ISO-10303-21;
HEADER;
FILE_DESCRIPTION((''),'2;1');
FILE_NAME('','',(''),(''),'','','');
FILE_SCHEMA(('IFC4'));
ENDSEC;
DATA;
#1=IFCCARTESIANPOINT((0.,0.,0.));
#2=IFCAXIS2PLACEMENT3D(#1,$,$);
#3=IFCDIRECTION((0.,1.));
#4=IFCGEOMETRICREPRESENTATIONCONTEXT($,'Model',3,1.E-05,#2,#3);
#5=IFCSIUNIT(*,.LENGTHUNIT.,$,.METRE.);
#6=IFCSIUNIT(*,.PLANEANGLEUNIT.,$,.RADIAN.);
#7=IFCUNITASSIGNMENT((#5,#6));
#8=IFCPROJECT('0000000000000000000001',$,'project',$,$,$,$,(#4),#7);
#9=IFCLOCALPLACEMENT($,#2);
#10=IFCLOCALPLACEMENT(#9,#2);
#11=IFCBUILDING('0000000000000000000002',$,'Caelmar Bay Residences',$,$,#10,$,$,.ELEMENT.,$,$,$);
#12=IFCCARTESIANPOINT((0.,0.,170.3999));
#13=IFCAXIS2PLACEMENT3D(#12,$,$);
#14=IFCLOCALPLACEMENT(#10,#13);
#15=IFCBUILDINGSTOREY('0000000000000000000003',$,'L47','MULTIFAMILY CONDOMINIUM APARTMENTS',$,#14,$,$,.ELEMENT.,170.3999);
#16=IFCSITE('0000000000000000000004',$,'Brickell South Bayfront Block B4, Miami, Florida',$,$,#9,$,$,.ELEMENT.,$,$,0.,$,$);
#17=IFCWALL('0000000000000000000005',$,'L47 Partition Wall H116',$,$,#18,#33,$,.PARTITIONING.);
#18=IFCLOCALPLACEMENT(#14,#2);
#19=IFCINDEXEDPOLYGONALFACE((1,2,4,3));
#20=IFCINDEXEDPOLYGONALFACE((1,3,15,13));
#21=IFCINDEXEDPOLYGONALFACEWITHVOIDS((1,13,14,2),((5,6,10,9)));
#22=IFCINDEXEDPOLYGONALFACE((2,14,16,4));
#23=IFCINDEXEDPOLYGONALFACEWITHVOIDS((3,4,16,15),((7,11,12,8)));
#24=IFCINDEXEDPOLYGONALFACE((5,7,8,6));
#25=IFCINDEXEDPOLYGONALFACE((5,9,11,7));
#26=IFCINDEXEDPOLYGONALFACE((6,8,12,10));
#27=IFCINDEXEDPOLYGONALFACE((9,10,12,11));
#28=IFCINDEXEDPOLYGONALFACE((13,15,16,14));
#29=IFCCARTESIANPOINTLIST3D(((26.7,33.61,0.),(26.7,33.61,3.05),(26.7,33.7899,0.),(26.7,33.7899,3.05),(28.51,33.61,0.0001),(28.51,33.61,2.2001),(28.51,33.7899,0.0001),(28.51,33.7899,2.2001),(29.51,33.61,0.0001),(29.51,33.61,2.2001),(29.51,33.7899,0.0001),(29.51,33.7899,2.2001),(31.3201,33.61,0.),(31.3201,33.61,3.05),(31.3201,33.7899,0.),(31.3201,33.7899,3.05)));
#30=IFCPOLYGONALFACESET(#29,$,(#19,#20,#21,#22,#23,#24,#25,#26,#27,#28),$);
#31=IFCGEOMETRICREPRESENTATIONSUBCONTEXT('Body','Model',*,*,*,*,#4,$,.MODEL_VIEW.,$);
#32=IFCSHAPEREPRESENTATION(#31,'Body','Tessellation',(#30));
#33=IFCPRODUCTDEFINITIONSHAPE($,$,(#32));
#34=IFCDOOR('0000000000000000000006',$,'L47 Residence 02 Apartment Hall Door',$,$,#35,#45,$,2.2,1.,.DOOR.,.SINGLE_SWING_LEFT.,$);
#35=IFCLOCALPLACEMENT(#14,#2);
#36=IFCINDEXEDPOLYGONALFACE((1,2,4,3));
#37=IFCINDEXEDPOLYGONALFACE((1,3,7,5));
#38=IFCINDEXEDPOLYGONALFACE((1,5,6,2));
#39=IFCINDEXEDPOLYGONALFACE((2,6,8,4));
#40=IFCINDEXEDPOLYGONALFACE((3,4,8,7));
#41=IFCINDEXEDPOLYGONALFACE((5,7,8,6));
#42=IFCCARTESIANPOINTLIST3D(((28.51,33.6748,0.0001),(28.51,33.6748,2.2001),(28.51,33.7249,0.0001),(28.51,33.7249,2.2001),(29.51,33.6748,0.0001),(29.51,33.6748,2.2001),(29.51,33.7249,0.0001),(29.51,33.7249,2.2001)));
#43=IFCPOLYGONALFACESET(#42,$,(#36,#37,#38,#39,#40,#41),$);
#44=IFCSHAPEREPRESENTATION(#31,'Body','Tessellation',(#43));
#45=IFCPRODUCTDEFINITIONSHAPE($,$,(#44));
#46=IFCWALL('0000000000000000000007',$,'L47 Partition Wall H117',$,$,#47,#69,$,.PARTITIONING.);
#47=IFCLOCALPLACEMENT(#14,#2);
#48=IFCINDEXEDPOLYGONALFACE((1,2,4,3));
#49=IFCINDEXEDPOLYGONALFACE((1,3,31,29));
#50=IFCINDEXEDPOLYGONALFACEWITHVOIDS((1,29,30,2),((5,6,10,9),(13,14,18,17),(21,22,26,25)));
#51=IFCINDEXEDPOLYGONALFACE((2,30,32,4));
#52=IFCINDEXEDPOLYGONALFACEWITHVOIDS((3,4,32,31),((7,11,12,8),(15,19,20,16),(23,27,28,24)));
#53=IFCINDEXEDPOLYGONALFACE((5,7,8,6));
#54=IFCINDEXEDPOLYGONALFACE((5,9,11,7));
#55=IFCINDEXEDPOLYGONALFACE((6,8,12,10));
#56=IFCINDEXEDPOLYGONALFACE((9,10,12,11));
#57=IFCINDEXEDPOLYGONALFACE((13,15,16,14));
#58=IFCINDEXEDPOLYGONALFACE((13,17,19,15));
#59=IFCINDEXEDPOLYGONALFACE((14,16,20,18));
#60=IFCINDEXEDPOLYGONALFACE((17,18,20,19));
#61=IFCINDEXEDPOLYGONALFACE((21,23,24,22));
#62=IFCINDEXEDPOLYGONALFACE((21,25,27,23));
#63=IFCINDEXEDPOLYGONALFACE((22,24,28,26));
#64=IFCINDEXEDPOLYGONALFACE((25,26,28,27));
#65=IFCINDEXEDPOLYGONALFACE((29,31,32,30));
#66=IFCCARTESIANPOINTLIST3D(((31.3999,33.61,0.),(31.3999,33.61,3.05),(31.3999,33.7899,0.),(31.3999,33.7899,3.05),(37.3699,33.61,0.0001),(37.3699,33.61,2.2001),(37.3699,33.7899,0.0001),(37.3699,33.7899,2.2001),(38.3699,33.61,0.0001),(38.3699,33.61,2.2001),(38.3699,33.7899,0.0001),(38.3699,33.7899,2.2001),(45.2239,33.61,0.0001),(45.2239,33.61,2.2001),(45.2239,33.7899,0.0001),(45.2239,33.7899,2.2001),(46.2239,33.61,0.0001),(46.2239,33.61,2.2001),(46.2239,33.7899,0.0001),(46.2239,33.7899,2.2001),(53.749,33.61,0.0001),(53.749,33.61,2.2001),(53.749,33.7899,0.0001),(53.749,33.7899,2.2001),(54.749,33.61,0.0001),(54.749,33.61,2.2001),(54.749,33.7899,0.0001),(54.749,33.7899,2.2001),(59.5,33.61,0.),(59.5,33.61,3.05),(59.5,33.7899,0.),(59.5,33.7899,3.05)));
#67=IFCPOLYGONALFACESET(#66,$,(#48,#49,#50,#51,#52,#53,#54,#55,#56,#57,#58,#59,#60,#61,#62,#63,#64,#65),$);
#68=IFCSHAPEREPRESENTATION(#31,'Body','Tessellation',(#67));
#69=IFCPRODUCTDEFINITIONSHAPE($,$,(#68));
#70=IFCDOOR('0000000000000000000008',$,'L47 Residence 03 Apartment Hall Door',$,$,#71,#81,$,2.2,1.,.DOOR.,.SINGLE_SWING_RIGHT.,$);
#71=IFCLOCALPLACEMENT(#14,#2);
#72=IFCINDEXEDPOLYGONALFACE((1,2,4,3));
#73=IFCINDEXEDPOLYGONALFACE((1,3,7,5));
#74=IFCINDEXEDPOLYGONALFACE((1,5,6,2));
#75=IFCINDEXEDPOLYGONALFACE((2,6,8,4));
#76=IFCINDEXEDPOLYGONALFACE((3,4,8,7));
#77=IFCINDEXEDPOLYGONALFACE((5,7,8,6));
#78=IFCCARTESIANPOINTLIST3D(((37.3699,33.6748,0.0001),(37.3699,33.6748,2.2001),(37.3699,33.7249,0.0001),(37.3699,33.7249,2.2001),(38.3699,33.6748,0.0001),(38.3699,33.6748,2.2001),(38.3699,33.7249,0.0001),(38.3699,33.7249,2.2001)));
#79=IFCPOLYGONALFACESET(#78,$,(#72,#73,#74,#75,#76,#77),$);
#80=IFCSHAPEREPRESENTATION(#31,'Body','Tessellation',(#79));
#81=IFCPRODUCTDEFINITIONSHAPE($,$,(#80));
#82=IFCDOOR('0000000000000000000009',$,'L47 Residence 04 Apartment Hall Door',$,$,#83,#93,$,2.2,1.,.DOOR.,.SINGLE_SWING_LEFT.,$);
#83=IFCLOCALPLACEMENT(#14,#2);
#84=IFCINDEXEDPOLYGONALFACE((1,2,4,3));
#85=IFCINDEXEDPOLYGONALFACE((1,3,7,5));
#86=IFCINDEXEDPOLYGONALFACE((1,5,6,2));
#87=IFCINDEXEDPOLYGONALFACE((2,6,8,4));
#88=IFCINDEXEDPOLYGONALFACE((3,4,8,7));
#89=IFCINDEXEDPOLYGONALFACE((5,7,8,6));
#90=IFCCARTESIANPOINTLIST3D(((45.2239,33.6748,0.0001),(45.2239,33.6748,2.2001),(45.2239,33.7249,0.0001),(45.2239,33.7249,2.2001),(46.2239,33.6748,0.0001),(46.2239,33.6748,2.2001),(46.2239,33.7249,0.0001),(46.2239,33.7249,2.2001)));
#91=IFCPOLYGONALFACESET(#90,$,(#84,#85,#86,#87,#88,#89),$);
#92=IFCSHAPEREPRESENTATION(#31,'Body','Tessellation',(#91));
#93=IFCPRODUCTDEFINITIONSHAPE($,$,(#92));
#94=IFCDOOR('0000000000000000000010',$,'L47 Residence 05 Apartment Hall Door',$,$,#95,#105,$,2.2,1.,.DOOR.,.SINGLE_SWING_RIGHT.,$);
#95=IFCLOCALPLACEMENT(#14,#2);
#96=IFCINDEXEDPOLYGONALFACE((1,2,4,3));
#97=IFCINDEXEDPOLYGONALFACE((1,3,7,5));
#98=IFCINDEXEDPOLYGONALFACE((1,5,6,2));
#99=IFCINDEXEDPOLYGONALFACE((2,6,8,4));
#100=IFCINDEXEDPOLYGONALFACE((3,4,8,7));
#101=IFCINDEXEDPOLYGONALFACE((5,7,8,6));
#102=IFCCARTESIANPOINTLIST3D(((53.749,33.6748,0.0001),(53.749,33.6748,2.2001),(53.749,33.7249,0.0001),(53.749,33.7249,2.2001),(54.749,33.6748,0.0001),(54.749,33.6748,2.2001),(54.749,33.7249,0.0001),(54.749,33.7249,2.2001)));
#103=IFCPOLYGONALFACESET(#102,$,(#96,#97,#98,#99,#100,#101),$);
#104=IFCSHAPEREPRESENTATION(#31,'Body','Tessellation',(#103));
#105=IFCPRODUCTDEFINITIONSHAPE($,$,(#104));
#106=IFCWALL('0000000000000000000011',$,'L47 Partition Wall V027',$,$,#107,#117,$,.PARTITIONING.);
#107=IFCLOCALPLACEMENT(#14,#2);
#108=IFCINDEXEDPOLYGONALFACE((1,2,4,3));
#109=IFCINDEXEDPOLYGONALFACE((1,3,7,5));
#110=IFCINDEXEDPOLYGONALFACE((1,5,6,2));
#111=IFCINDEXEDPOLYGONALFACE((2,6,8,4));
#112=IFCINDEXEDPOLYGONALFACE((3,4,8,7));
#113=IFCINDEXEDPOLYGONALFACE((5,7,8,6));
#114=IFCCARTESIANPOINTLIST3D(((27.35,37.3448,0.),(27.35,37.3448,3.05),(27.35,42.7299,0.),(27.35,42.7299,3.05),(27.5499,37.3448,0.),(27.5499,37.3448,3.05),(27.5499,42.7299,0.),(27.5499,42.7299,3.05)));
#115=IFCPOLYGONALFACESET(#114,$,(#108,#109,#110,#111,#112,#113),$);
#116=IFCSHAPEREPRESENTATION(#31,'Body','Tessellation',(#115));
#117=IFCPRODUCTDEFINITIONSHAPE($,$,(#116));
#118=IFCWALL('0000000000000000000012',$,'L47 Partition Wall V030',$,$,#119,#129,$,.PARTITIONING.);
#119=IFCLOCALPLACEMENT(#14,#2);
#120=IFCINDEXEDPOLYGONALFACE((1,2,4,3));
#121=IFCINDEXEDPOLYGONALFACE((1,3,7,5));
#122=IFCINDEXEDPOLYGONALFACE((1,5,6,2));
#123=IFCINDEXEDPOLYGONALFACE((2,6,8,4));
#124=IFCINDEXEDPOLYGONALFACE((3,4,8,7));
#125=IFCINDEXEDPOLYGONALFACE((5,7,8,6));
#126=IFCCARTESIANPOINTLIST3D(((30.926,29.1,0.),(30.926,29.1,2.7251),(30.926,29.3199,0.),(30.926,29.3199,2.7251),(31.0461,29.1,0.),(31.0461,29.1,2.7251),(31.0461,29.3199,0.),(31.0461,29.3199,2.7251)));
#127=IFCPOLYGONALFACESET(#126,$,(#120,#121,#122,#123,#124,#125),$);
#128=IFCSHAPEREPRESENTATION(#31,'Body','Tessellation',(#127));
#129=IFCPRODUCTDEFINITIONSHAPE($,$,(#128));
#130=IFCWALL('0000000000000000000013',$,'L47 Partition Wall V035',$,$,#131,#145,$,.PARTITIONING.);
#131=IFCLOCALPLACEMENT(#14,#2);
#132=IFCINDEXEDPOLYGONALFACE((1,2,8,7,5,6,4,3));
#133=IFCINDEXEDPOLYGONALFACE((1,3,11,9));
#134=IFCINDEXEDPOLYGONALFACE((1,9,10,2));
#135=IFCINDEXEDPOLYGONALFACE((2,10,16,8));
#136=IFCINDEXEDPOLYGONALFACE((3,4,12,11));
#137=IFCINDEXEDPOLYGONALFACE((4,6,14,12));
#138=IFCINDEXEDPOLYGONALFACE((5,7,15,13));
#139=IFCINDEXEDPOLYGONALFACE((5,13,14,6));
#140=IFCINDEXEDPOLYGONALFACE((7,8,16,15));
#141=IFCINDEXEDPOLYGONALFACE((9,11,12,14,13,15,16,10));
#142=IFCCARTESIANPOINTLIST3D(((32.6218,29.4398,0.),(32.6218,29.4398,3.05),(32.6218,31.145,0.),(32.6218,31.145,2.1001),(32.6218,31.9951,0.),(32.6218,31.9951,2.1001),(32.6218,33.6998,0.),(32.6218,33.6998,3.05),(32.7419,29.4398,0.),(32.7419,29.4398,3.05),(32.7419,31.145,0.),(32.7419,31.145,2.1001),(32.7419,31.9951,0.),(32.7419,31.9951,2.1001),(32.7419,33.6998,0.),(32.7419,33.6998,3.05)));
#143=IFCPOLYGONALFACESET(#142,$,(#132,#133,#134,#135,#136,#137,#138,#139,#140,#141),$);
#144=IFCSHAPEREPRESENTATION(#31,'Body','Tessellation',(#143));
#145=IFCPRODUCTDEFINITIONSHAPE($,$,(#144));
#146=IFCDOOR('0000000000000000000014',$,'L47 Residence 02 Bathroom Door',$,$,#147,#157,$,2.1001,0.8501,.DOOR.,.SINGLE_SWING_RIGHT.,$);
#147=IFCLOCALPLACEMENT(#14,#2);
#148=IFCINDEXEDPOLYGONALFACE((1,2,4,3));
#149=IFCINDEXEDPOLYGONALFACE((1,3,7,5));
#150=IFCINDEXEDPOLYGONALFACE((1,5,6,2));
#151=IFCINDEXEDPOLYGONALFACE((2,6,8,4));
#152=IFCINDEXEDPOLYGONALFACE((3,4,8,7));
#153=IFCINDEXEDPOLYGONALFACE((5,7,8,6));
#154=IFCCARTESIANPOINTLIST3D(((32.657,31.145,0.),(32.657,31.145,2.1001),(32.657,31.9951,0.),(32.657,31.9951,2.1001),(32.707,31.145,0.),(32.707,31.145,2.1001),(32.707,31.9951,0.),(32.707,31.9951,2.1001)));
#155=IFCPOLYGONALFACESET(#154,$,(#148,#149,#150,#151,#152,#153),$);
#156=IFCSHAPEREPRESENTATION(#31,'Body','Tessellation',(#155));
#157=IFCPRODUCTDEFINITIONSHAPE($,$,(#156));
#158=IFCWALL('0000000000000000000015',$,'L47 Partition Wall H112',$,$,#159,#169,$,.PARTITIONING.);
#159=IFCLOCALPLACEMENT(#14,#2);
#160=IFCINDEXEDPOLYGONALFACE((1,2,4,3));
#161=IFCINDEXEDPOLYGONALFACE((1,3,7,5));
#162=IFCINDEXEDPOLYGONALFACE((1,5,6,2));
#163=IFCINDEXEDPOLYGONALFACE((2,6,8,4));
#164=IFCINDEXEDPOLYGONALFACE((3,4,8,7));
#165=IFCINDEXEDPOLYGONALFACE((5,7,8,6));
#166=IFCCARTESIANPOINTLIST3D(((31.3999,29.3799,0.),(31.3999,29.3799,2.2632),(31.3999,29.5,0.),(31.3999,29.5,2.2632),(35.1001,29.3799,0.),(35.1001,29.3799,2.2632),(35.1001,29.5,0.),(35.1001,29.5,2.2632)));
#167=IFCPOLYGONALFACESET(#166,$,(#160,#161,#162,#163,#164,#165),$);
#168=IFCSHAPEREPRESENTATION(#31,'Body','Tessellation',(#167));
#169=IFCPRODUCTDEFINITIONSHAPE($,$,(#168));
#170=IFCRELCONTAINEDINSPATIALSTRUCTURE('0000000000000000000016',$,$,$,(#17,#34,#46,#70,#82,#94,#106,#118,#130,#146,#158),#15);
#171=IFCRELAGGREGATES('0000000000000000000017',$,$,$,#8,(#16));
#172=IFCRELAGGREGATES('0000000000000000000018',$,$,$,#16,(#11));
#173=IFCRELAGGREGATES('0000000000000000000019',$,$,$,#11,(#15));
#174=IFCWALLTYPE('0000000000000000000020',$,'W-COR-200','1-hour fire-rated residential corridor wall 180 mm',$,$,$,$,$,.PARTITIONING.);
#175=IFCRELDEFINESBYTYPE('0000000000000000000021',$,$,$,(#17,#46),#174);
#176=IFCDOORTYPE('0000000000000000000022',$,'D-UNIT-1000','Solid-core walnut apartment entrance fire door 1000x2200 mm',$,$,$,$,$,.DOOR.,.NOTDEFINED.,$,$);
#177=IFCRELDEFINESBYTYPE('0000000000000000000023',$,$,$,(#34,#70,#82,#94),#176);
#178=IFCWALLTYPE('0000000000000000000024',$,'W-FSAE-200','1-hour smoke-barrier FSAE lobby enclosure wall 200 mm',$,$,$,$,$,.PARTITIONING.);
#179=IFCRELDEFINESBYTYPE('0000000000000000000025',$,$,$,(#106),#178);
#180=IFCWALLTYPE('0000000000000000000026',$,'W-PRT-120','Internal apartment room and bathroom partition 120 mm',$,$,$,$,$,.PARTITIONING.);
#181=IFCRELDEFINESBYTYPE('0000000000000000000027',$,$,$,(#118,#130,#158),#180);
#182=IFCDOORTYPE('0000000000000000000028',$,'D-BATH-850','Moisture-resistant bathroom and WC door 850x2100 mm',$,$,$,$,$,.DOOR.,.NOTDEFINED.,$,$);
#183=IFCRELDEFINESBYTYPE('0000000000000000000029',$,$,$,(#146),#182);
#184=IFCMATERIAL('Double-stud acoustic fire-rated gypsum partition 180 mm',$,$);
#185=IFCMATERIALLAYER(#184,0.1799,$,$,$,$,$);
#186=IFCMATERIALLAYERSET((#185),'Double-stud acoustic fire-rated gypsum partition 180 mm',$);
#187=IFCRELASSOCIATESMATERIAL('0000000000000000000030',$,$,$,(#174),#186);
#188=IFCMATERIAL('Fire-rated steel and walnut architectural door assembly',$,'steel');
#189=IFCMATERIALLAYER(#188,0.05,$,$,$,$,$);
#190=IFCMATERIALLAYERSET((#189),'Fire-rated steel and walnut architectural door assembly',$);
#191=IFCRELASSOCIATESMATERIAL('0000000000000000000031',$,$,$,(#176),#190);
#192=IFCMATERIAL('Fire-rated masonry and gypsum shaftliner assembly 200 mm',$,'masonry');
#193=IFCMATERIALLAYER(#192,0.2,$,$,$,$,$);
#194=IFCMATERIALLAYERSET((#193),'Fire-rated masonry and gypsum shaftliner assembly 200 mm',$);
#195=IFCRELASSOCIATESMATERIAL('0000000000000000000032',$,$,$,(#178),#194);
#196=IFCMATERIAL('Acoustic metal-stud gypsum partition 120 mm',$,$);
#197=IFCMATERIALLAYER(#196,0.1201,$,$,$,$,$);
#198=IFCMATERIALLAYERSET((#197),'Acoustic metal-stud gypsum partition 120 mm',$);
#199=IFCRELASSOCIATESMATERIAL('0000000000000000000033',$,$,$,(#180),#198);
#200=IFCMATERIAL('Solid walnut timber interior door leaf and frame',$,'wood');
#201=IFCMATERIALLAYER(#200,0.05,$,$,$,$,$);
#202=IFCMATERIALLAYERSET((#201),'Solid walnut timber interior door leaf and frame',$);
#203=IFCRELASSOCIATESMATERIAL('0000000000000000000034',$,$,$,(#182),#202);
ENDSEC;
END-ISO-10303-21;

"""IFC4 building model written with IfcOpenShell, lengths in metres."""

from ifc_helpers import new_model, si_unit, direction, frame, frame_2d, origin, place, context, subcontext, project, spatial, rectangle, extrude, material, layer, layer_set, type_object, element, fill, save


model = new_model("IFC4")

# Units and contexts
model_context = context("Model", 3, precision=1e-05, world=origin(), true_north=direction((0.0, 1.0)))
body_context = subcontext(model_context, "Body", "Model", "MODEL_VIEW")
ifc_project = project(units=[si_unit("LENGTHUNIT", "METRE"), si_unit("PLANEANGLEUNIT", "RADIAN")], contexts=[model_context])

# Site, building, storey
site_placement = place(None, origin())
site = spatial("IfcSite", under=ifc_project, at=site_placement, Name="Brickell South Bayfront Block B4, Miami, Florida", CompositionType="ELEMENT", RefElevation=0.0)
building_placement = place(site_placement, origin())
building = spatial("IfcBuilding", under=site, at=building_placement, Name="Caelmar Bay Residences", CompositionType="ELEMENT")
storey_placement = place(building_placement, frame((0.0, 0.0, 170.3999)))
storey = spatial("IfcBuildingStorey", under=building, at=storey_placement, Name="L47", Description="MULTIFAMILY CONDOMINIUM APARTMENTS", CompositionType="ELEMENT", Elevation=170.3999)

# Wall, opening, door
ifc_material_1 = material(Name="Double-stud acoustic fire-rated gypsum partition 180 mm")
ifc_layer_1 = layer(ifc_material_1, 0.1799)
ifc_layer_set_1 = layer_set([ifc_layer_1], Name="Double-stud acoustic fire-rated gypsum partition 180 mm")
wall_type_1 = type_object("IfcWallType", Name="W-COR-200", Description="1-hour fire-rated residential corridor wall 180 mm", PredefinedType="PARTITIONING", material=ifc_layer_set_1)
wall_1_placement = place(storey_placement, frame((26.7, 33.7, 0.0), z_axis=(0.0, 0.0, 1.0), x_axis=(1.0, 0.0, 0.0)))
wall_1 = element("IfcWall", 1, at=wall_1_placement, inside=storey, type_object=wall_type_1, Name="L47 Partition Wall H116", PredefinedType="PARTITIONING", context=body_context, shape_type="SweptSolid", body=[
    extrude(rectangle(XDim=4.6201, YDim=0.1799, at=frame_2d((2.3101, 0.0))), origin(), (0.0, 0.0, 1.0), 3.05),
])
opening_1_placement = place(wall_1_placement, frame((1.8101, 0.0, 0.0)))
opening_1 = element("IfcOpeningElement", 2, at=opening_1_placement, cuts=wall_1, PredefinedType="OPENING", context=body_context, shape_type="SweptSolid", body=[
    extrude(rectangle(XDim=1.0, YDim=2.2, at=frame_2d((0.5, 1.1001))), frame((0.0, 0.0999, 0.0), z_axis=(0.0, -1.0, 0.0), x_axis=(1.0, 0.0, 0.0)), (0.0, 0.0, 1.0), 0.2),
])
ifc_material_2 = material(Name="Fire-rated steel and walnut architectural door assembly", Category="steel")
ifc_layer_2 = layer(ifc_material_2, 0.05)
ifc_layer_set_2 = layer_set([ifc_layer_2], Name="Fire-rated steel and walnut architectural door assembly")
door_type_1 = type_object("IfcDoorType", Name="D-UNIT-1000", Description="Solid-core walnut apartment entrance fire door 1000x2200 mm", OperationType="NOTDEFINED", PredefinedType="DOOR", material=ifc_layer_set_2)
door_1_placement = place(opening_1_placement, origin())
door_1 = element("IfcDoor", 3, at=door_1_placement, inside=storey, type_object=door_type_1, Name="L47 Residence 02 Apartment Hall Door", OperationType="SINGLE_SWING_LEFT", OverallHeight=2.2, OverallWidth=1.0, PredefinedType="DOOR", context=body_context, shape_type="SweptSolid", body=[
    extrude(rectangle(XDim=1.0, YDim=2.2, at=frame_2d((0.5, 1.1001))), frame((0.0, 0.0249, 0.0), z_axis=(0.0, -1.0, 0.0), x_axis=(1.0, 0.0, 0.0)), (0.0, 0.0, 1.0), 0.05),
])
fill(opening_1, door_1)

# Wall, openings, doors
wall_2_placement = place(storey_placement, frame((31.3999, 33.7, 0.0), z_axis=(0.0, 0.0, 1.0), x_axis=(1.0, 0.0, 0.0)))
wall_2 = element("IfcWall", 4, at=wall_2_placement, inside=storey, type_object=wall_type_1, Name="L47 Partition Wall H117", PredefinedType="PARTITIONING", context=body_context, shape_type="SweptSolid", body=[
    extrude(rectangle(XDim=28.1001, YDim=0.1799, at=frame_2d((14.05, 0.0))), origin(), (0.0, 0.0, 1.0), 3.05),
])
opening_2_placement = place(wall_2_placement, frame((5.97, 0.0, 0.0)))
opening_2 = element("IfcOpeningElement", 5, at=opening_2_placement, cuts=wall_2, PredefinedType="OPENING", context=body_context, shape_type="SweptSolid", body=[
    extrude(rectangle(XDim=1.0, YDim=2.2, at=frame_2d((0.5, 1.1001))), frame((0.0, 0.0999, 0.0), z_axis=(0.0, -1.0, 0.0), x_axis=(1.0, 0.0, 0.0)), (0.0, 0.0, 1.0), 0.2),
])
opening_3_placement = place(wall_2_placement, frame((13.824, 0.0, 0.0)))
opening_3 = element("IfcOpeningElement", 6, at=opening_3_placement, cuts=wall_2, PredefinedType="OPENING", context=body_context, shape_type="SweptSolid", body=[
    extrude(rectangle(XDim=1.0, YDim=2.2, at=frame_2d((0.5, 1.1001))), frame((0.0, 0.0999, 0.0), z_axis=(0.0, -1.0, 0.0), x_axis=(1.0, 0.0, 0.0)), (0.0, 0.0, 1.0), 0.2),
])
opening_4_placement = place(wall_2_placement, frame((22.3491, 0.0, 0.0)))
opening_4 = element("IfcOpeningElement", 7, at=opening_4_placement, cuts=wall_2, PredefinedType="OPENING", context=body_context, shape_type="SweptSolid", body=[
    extrude(rectangle(XDim=1.0, YDim=2.2, at=frame_2d((0.5, 1.1001))), frame((0.0, 0.0999, 0.0), z_axis=(0.0, -1.0, 0.0), x_axis=(1.0, 0.0, 0.0)), (0.0, 0.0, 1.0), 0.2),
])
door_2_placement = place(opening_2_placement, origin())
door_2 = element("IfcDoor", 8, at=door_2_placement, inside=storey, type_object=door_type_1, Name="L47 Residence 03 Apartment Hall Door", OperationType="SINGLE_SWING_RIGHT", OverallHeight=2.2, OverallWidth=1.0, PredefinedType="DOOR", context=body_context, shape_type="SweptSolid", body=[
    extrude(rectangle(XDim=1.0, YDim=2.2, at=frame_2d((0.5, 1.1001))), frame((0.0, 0.0249, 0.0), z_axis=(0.0, -1.0, 0.0), x_axis=(1.0, 0.0, 0.0)), (0.0, 0.0, 1.0), 0.05),
])
fill(opening_2, door_2)
door_3_placement = place(opening_3_placement, origin())
door_3 = element("IfcDoor", 9, at=door_3_placement, inside=storey, type_object=door_type_1, Name="L47 Residence 04 Apartment Hall Door", OperationType="SINGLE_SWING_LEFT", OverallHeight=2.2, OverallWidth=1.0, PredefinedType="DOOR", context=body_context, shape_type="SweptSolid", body=[
    extrude(rectangle(XDim=1.0, YDim=2.2, at=frame_2d((0.5, 1.1001))), frame((0.0, 0.0249, 0.0), z_axis=(0.0, -1.0, 0.0), x_axis=(1.0, 0.0, 0.0)), (0.0, 0.0, 1.0), 0.05),
])
fill(opening_3, door_3)
door_4_placement = place(opening_4_placement, origin())
door_4 = element("IfcDoor", 10, at=door_4_placement, inside=storey, type_object=door_type_1, Name="L47 Residence 05 Apartment Hall Door", OperationType="SINGLE_SWING_RIGHT", OverallHeight=2.2, OverallWidth=1.0, PredefinedType="DOOR", context=body_context, shape_type="SweptSolid", body=[
    extrude(rectangle(XDim=1.0, YDim=2.2, at=frame_2d((0.5, 1.1001))), frame((0.0, 0.0249, 0.0), z_axis=(0.0, -1.0, 0.0), x_axis=(1.0, 0.0, 0.0)), (0.0, 0.0, 1.0), 0.05),
])
fill(opening_4, door_4)

# Walls
ifc_material_3 = material(Name="Fire-rated masonry and gypsum shaftliner assembly 200 mm", Category="masonry")
ifc_layer_3 = layer(ifc_material_3, 0.2)
ifc_layer_set_3 = layer_set([ifc_layer_3], Name="Fire-rated masonry and gypsum shaftliner assembly 200 mm")
wall_type_2 = type_object("IfcWallType", Name="W-FSAE-200", Description="1-hour smoke-barrier FSAE lobby enclosure wall 200 mm", PredefinedType="PARTITIONING", material=ifc_layer_set_3)
wall_3_placement = place(storey_placement, frame((27.45, 37.345, 0.0), z_axis=(0.0, 0.0, 1.0), x_axis=(0.0, 1.0, 0.0)))
element("IfcWall", 11, at=wall_3_placement, inside=storey, type_object=wall_type_2, Name="L47 Partition Wall V027", PredefinedType="PARTITIONING", context=body_context, shape_type="SweptSolid", body=[
    extrude(rectangle(XDim=5.385, YDim=0.2, at=frame_2d((2.6924, 0.0))), origin(), (0.0, 0.0, 1.0), 3.05),
])
ifc_material_4 = material(Name="Acoustic metal-stud gypsum partition 120 mm")
ifc_layer_4 = layer(ifc_material_4, 0.1201)
ifc_layer_set_4 = layer_set([ifc_layer_4], Name="Acoustic metal-stud gypsum partition 120 mm")
wall_type_3 = type_object("IfcWallType", Name="W-PRT-120", Description="Internal apartment room and bathroom partition 120 mm", PredefinedType="PARTITIONING", material=ifc_layer_set_4)
wall_4_placement = place(storey_placement, frame((30.9861, 29.1001, 0.0), z_axis=(0.0, 0.0, 1.0), x_axis=(0.0, 1.0, 0.0)))
element("IfcWall", 12, at=wall_4_placement, inside=storey, type_object=wall_type_3, Name="L47 Partition Wall V030", PredefinedType="PARTITIONING", context=body_context, shape_type="SweptSolid", body=[
    extrude(rectangle(XDim=0.22, YDim=0.1201, at=frame_2d((0.1099, 0.0))), origin(), (0.0, 0.0, 1.0), 2.7251),
])

# Wall, opening, door
wall_5_placement = place(storey_placement, frame((32.6819, 29.4399, 0.0), z_axis=(0.0, 0.0, 1.0), x_axis=(0.0, 1.0, 0.0)))
wall_5 = element("IfcWall", 13, at=wall_5_placement, inside=storey, type_object=wall_type_3, Name="L47 Partition Wall V035", PredefinedType="PARTITIONING", context=body_context, shape_type="SweptSolid", body=[
    extrude(rectangle(XDim=4.26, YDim=0.1201, at=frame_2d((2.1299, 0.0))), origin(), (0.0, 0.0, 1.0), 3.05),
])
opening_5_placement = place(wall_5_placement, frame((1.7051, 0.0, 0.0)))
opening_5 = element("IfcOpeningElement", 14, at=opening_5_placement, cuts=wall_5, PredefinedType="OPENING", context=body_context, shape_type="SweptSolid", body=[
    extrude(rectangle(XDim=0.8501, YDim=2.1001, at=frame_2d((0.425, 1.05))), frame((0.0, 0.0701, 0.0), z_axis=(0.0, -1.0, 0.0), x_axis=(1.0, 0.0, 0.0)), (0.0, 0.0, 1.0), 0.1401),
])
ifc_material_5 = material(Name="Solid walnut timber interior door leaf and frame", Category="wood")
ifc_layer_5 = layer(ifc_material_5, 0.05)
ifc_layer_set_5 = layer_set([ifc_layer_5], Name="Solid walnut timber interior door leaf and frame")
door_type_2 = type_object("IfcDoorType", Name="D-BATH-850", Description="Moisture-resistant bathroom and WC door 850x2100 mm", OperationType="NOTDEFINED", PredefinedType="DOOR", material=ifc_layer_set_5)
door_5_placement = place(opening_5_placement, origin())
door_5 = element("IfcDoor", 15, at=door_5_placement, inside=storey, type_object=door_type_2, Name="L47 Residence 02 Bathroom Door", OperationType="SINGLE_SWING_RIGHT", OverallHeight=2.1001, OverallWidth=0.8501, PredefinedType="DOOR", context=body_context, shape_type="SweptSolid", body=[
    extrude(rectangle(XDim=0.8501, YDim=2.1001, at=frame_2d((0.425, 1.05))), frame((0.0, 0.0249, 0.0), z_axis=(0.0, -1.0, 0.0), x_axis=(1.0, 0.0, 0.0)), (0.0, 0.0, 1.0), 0.05),
])
fill(opening_5, door_5)

# Wall
wall_6_placement = place(storey_placement, frame((31.3999, 29.4399, 0.0), z_axis=(0.0, 0.0, 1.0), x_axis=(1.0, 0.0, 0.0)))
element("IfcWall", 16, at=wall_6_placement, inside=storey, type_object=wall_type_3, Name="L47 Partition Wall H112", PredefinedType="PARTITIONING", context=body_context, shape_type="SweptSolid", body=[
    extrude(rectangle(XDim=3.7002, YDim=0.1201, at=frame_2d((1.8501, 0.0))), origin(), (0.0, 0.0, 1.0), 2.2632),
])

save(model, "model.ifc")
